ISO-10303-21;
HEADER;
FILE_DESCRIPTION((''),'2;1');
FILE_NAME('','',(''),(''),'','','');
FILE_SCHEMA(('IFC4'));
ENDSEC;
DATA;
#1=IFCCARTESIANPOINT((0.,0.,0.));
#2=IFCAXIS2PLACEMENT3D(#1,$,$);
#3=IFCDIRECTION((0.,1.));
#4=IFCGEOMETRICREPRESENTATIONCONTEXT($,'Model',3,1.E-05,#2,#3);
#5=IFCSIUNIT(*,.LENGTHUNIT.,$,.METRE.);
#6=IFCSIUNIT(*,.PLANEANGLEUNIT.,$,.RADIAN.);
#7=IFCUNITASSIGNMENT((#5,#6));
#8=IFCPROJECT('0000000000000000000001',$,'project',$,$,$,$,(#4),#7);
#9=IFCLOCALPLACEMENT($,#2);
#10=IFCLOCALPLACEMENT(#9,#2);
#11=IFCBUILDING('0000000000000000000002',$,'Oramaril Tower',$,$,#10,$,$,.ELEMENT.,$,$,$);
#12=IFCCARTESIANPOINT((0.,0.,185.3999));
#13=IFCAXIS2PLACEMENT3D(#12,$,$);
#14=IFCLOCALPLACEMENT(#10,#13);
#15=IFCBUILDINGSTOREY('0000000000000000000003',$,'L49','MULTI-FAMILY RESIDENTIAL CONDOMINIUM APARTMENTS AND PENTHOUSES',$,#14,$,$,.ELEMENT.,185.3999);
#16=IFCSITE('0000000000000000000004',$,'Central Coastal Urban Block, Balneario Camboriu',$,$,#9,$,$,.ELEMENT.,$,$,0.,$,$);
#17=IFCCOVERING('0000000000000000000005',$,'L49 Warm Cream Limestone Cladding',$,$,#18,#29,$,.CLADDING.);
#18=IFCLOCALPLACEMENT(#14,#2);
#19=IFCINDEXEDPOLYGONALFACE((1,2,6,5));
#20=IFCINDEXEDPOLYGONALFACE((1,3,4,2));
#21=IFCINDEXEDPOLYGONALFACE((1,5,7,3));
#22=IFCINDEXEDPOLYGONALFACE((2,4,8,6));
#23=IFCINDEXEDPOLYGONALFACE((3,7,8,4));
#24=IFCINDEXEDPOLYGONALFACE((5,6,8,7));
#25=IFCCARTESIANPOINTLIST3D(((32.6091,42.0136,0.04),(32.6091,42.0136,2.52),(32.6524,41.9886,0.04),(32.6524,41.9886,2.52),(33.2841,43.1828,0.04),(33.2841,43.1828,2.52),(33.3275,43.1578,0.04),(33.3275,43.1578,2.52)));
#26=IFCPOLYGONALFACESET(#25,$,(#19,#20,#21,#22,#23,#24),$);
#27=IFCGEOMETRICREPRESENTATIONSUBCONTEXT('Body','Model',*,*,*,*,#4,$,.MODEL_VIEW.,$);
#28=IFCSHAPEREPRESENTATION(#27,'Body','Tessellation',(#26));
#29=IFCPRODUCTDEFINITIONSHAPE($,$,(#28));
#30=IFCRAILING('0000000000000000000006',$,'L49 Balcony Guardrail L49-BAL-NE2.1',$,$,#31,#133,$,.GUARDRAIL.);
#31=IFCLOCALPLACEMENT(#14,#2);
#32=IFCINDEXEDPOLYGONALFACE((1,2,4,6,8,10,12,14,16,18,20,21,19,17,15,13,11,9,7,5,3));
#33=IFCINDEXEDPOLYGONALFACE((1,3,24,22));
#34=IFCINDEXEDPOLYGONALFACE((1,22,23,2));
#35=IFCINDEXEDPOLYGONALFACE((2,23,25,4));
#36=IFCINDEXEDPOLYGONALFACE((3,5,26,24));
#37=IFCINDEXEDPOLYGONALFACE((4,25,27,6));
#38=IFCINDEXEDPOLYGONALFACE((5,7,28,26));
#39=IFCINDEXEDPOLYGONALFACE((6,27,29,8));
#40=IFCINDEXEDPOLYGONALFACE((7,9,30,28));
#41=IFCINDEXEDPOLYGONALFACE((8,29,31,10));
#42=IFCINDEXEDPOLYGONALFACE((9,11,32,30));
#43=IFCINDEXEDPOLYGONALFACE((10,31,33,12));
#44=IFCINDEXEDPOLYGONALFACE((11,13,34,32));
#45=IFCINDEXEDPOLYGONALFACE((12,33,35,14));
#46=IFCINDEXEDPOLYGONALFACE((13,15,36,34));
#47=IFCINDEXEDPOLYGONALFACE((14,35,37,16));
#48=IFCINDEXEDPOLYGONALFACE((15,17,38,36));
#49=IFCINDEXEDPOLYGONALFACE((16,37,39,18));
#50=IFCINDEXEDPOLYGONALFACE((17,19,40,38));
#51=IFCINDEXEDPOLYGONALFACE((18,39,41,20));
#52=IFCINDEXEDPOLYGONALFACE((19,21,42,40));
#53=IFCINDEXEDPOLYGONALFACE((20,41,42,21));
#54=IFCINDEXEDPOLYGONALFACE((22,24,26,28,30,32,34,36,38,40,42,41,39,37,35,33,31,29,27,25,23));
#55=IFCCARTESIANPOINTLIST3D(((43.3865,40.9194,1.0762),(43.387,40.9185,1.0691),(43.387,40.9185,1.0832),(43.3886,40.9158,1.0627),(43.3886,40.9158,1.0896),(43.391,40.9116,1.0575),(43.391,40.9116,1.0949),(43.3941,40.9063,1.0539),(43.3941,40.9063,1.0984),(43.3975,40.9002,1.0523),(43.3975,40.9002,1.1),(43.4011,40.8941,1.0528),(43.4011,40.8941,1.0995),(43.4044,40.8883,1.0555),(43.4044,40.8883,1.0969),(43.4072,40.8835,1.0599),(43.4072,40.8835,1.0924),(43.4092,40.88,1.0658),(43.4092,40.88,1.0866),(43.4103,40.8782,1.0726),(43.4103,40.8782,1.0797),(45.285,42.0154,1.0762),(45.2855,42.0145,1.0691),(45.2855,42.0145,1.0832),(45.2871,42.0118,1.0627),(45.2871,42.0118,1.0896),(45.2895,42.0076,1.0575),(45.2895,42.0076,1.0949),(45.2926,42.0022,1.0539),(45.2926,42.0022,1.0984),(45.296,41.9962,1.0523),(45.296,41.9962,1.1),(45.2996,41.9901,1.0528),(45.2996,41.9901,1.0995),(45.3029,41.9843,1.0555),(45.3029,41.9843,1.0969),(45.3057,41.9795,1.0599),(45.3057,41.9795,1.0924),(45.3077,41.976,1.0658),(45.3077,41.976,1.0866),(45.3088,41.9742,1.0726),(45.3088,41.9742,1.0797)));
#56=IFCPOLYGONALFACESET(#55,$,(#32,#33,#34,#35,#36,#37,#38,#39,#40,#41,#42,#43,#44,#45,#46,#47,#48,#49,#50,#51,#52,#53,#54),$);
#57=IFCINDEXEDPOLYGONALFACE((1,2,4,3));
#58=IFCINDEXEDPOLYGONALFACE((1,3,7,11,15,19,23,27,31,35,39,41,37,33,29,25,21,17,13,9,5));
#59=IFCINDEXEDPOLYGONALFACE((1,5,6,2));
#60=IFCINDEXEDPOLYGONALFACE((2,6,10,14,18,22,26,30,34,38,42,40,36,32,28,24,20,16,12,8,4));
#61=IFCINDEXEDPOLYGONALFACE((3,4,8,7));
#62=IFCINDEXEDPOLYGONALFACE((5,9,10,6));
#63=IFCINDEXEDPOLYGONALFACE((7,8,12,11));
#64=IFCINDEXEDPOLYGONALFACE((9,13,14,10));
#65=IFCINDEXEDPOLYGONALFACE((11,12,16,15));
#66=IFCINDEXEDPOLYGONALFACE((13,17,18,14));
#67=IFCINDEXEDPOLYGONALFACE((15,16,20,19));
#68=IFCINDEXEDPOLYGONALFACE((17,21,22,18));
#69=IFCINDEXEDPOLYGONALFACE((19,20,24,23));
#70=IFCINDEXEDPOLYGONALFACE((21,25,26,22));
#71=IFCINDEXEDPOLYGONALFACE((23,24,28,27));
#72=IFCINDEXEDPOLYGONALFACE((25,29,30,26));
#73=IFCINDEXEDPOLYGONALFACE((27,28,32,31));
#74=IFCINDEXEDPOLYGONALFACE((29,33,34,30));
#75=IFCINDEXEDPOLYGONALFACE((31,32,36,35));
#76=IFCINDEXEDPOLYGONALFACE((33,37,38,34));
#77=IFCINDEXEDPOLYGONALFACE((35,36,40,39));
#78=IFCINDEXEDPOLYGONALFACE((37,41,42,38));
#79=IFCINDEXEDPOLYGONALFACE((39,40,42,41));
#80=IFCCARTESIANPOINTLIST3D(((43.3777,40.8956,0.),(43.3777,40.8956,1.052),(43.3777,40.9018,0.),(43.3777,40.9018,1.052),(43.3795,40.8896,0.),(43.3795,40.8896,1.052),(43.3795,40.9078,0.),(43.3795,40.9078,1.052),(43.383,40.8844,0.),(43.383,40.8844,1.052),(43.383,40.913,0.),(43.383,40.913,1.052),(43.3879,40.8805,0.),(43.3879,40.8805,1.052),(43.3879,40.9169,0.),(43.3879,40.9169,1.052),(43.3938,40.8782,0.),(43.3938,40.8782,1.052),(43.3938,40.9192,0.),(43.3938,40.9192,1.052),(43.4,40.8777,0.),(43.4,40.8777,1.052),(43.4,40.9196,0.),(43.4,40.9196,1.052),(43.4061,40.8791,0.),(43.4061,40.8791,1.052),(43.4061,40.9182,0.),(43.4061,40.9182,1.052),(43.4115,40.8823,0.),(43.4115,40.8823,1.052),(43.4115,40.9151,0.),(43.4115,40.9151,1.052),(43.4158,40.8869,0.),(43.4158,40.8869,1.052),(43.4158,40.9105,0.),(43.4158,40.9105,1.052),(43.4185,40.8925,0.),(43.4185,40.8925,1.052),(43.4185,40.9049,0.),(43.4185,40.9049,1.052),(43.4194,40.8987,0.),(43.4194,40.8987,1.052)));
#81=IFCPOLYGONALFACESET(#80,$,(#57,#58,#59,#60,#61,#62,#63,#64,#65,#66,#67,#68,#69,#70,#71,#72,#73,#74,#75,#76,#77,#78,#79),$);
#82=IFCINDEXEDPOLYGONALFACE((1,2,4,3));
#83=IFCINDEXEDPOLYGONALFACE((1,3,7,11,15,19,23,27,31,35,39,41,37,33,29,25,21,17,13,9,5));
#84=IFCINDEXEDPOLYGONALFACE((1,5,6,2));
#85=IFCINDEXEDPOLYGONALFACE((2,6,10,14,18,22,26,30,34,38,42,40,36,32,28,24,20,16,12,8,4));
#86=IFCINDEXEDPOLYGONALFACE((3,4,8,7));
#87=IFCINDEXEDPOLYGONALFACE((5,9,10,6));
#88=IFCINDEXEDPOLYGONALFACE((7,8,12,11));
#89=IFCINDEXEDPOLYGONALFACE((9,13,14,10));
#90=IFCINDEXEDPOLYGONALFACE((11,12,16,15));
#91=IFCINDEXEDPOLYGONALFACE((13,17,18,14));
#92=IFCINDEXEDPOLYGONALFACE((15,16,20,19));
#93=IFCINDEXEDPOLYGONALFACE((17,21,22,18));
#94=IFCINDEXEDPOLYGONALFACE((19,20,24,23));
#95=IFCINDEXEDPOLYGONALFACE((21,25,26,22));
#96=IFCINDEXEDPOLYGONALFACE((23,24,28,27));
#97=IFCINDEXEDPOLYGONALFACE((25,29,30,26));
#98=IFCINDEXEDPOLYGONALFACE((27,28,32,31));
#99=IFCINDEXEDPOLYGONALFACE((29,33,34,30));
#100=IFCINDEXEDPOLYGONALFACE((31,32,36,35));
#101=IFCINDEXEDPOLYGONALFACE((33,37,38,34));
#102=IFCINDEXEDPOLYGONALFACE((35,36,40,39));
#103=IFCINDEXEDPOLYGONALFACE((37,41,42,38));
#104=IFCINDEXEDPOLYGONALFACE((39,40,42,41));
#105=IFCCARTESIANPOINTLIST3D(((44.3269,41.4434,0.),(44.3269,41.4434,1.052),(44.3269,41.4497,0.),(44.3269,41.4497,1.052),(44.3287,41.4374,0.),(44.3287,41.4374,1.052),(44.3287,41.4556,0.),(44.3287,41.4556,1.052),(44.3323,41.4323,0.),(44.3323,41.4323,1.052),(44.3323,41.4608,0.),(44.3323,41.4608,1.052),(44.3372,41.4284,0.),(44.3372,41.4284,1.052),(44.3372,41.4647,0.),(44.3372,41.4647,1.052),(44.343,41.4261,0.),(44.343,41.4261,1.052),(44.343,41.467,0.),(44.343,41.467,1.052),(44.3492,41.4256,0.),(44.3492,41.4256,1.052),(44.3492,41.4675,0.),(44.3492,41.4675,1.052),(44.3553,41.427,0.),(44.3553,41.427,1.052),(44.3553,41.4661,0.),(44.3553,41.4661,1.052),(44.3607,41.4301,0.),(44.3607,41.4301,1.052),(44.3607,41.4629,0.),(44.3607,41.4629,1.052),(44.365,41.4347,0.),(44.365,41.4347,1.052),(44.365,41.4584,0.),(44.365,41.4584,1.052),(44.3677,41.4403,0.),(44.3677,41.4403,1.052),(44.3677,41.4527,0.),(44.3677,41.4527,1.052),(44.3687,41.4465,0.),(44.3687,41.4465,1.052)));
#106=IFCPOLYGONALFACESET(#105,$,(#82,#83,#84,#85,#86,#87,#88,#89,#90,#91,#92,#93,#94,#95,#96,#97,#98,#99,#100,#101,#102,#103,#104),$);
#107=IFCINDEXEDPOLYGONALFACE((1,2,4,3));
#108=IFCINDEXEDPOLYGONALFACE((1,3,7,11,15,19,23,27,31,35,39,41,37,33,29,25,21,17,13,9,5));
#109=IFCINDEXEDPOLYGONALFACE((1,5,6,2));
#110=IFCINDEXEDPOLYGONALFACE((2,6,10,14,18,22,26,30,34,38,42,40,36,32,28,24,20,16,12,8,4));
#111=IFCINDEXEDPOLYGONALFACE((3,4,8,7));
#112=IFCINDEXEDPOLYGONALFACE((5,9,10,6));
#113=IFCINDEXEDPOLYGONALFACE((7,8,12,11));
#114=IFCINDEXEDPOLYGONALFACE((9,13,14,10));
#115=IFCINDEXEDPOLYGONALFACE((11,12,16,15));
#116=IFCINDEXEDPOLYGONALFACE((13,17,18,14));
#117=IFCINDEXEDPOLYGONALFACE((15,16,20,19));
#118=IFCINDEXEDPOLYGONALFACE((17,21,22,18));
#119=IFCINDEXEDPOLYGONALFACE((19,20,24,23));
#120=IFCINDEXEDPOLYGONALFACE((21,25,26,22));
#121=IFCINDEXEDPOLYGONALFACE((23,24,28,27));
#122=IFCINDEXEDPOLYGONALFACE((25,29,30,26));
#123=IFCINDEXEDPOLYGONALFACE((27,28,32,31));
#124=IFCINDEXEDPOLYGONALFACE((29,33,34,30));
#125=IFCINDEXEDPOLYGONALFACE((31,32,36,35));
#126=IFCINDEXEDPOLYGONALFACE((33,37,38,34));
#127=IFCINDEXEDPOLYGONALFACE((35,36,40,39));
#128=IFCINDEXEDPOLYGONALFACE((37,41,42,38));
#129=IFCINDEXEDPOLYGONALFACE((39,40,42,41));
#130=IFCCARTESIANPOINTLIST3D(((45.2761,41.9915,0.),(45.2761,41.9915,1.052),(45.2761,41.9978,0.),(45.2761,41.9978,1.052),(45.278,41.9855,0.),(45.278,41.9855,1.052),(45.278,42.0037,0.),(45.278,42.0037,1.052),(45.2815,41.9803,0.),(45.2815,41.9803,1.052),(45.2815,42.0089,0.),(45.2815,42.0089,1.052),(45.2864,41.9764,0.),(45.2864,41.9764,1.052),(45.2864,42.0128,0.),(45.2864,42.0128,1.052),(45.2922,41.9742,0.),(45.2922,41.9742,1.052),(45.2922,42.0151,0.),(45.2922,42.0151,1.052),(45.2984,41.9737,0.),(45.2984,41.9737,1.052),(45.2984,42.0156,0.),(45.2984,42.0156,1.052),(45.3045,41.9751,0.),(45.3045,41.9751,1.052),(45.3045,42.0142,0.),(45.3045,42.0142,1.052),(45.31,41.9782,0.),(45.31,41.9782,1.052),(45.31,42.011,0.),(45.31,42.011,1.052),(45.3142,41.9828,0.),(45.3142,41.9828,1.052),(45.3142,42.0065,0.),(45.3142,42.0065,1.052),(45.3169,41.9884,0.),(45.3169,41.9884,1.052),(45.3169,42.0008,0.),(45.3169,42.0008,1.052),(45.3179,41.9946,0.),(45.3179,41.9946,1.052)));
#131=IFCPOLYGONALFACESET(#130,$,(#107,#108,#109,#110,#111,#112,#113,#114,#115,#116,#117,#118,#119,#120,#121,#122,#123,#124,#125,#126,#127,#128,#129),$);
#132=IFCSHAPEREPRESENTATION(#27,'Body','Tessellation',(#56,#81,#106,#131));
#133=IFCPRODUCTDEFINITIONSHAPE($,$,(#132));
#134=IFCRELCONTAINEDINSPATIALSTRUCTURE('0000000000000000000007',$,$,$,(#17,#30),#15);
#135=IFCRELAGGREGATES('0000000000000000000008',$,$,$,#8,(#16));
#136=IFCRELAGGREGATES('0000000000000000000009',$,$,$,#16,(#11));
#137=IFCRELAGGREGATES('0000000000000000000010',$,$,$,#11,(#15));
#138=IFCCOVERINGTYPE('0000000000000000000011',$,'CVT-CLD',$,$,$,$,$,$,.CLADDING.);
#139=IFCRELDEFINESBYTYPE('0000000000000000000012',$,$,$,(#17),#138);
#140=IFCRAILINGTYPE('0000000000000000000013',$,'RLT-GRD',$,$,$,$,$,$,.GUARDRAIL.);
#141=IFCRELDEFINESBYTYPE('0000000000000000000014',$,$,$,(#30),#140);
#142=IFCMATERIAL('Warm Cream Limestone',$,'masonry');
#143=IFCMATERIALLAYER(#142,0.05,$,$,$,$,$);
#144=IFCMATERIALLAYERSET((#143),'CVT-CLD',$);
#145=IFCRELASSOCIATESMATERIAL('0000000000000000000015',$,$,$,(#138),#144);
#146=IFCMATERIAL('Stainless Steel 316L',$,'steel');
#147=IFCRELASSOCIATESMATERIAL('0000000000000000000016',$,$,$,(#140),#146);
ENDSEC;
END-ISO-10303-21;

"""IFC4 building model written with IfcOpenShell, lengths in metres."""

from ifc_helpers import new_model, si_unit, direction, frame, origin, origin_2d, place, context, subcontext, project, spatial, rectangle, circle, extrude, material, layer, layer_set, type_object, element, save


model = new_model("IFC4")

# Units and contexts
model_context = context("Model", 3, precision=1e-05, world=origin(), true_north=direction((0.0, 1.0)))
body_context = subcontext(model_context, "Body", "Model", "MODEL_VIEW")
ifc_project = project(units=[si_unit("LENGTHUNIT", "METRE"), si_unit("PLANEANGLEUNIT", "RADIAN")], contexts=[model_context])

# Site, building, storey
site_placement = place(None, origin())
site = spatial("IfcSite", under=ifc_project, at=site_placement, Name="Central Coastal Urban Block, Balneario Camboriu", CompositionType="ELEMENT", RefElevation=0.0)
building_placement = place(site_placement, origin())
building = spatial("IfcBuilding", under=site, at=building_placement, Name="Oramaril Tower", CompositionType="ELEMENT")
storey_placement = place(building_placement, frame((0.0, 0.0, 185.3999)))
storey = spatial("IfcBuildingStorey", under=building, at=storey_placement, Name="L49", Description="MULTI-FAMILY RESIDENTIAL CONDOMINIUM APARTMENTS AND PENTHOUSES", CompositionType="ELEMENT", Elevation=185.3999)

# Covering
ifc_material_1 = material(Name="Warm Cream Limestone", Category="masonry")
ifc_layer_1 = layer(ifc_material_1, 0.05)
ifc_layer_set_1 = layer_set([ifc_layer_1], Name="CVT-CLD")
covering_type = type_object("IfcCoveringType", Name="CVT-CLD", PredefinedType="CLADDING", material=ifc_layer_set_1)
covering_1_placement = place(storey_placement, frame((32.9683, 42.5857, 0.04), z_axis=(0.0, 0.0, 1.0), x_axis=(-0.5, -0.866025, 0.0)))
element("IfcCovering", 1, at=covering_1_placement, inside=storey, type_object=covering_type, Name="L49 Warm Cream Limestone Cladding", PredefinedType="CLADDING", context=body_context, shape_type="SweptSolid", body=[
    extrude(rectangle(XDim=1.3501, YDim=0.05, at=origin_2d()), origin(), (0.0, 0.0, 1.0), 2.48),
])

# Railing
ifc_material_2 = material(Name="Stainless Steel 316L", Category="steel")
railing_type = type_object("IfcRailingType", Name="RLT-GRD", PredefinedType="GUARDRAIL", material=ifc_material_2)
railing_1_placement = place(storey_placement, frame((43.3984, 40.8987, 0.0)))
element("IfcRailing", 2, at=railing_1_placement, inside=storey, type_object=railing_type, Name="L49 Balcony Guardrail L49-BAL-NE2.1", PredefinedType="GUARDRAIL", context=body_context, shape_type="SweptSolid", body=[
    extrude(circle(Radius=0.0239, at=origin_2d()), frame((0.0, 0.0, 1.0762), z_axis=(0.866048, 0.49996, 0.0), x_axis=(-0.49996, 0.866048, 0.0)), (0.0, 0.0, 1.0), 2.1921),
    extrude(circle(Radius=0.021, at=origin_2d()), origin(), (0.0, 0.0, 1.0), 1.052),
    extrude(circle(Radius=0.021, at=origin_2d()), frame((0.9492, 0.5479, 0.0)), (0.0, 0.0, 1.0), 1.052),
    extrude(circle(Radius=0.021, at=origin_2d()), frame((1.8984, 1.0959, 0.0)), (0.0, 0.0, 1.0), 1.052),
])

save(model, "model.ifc")
